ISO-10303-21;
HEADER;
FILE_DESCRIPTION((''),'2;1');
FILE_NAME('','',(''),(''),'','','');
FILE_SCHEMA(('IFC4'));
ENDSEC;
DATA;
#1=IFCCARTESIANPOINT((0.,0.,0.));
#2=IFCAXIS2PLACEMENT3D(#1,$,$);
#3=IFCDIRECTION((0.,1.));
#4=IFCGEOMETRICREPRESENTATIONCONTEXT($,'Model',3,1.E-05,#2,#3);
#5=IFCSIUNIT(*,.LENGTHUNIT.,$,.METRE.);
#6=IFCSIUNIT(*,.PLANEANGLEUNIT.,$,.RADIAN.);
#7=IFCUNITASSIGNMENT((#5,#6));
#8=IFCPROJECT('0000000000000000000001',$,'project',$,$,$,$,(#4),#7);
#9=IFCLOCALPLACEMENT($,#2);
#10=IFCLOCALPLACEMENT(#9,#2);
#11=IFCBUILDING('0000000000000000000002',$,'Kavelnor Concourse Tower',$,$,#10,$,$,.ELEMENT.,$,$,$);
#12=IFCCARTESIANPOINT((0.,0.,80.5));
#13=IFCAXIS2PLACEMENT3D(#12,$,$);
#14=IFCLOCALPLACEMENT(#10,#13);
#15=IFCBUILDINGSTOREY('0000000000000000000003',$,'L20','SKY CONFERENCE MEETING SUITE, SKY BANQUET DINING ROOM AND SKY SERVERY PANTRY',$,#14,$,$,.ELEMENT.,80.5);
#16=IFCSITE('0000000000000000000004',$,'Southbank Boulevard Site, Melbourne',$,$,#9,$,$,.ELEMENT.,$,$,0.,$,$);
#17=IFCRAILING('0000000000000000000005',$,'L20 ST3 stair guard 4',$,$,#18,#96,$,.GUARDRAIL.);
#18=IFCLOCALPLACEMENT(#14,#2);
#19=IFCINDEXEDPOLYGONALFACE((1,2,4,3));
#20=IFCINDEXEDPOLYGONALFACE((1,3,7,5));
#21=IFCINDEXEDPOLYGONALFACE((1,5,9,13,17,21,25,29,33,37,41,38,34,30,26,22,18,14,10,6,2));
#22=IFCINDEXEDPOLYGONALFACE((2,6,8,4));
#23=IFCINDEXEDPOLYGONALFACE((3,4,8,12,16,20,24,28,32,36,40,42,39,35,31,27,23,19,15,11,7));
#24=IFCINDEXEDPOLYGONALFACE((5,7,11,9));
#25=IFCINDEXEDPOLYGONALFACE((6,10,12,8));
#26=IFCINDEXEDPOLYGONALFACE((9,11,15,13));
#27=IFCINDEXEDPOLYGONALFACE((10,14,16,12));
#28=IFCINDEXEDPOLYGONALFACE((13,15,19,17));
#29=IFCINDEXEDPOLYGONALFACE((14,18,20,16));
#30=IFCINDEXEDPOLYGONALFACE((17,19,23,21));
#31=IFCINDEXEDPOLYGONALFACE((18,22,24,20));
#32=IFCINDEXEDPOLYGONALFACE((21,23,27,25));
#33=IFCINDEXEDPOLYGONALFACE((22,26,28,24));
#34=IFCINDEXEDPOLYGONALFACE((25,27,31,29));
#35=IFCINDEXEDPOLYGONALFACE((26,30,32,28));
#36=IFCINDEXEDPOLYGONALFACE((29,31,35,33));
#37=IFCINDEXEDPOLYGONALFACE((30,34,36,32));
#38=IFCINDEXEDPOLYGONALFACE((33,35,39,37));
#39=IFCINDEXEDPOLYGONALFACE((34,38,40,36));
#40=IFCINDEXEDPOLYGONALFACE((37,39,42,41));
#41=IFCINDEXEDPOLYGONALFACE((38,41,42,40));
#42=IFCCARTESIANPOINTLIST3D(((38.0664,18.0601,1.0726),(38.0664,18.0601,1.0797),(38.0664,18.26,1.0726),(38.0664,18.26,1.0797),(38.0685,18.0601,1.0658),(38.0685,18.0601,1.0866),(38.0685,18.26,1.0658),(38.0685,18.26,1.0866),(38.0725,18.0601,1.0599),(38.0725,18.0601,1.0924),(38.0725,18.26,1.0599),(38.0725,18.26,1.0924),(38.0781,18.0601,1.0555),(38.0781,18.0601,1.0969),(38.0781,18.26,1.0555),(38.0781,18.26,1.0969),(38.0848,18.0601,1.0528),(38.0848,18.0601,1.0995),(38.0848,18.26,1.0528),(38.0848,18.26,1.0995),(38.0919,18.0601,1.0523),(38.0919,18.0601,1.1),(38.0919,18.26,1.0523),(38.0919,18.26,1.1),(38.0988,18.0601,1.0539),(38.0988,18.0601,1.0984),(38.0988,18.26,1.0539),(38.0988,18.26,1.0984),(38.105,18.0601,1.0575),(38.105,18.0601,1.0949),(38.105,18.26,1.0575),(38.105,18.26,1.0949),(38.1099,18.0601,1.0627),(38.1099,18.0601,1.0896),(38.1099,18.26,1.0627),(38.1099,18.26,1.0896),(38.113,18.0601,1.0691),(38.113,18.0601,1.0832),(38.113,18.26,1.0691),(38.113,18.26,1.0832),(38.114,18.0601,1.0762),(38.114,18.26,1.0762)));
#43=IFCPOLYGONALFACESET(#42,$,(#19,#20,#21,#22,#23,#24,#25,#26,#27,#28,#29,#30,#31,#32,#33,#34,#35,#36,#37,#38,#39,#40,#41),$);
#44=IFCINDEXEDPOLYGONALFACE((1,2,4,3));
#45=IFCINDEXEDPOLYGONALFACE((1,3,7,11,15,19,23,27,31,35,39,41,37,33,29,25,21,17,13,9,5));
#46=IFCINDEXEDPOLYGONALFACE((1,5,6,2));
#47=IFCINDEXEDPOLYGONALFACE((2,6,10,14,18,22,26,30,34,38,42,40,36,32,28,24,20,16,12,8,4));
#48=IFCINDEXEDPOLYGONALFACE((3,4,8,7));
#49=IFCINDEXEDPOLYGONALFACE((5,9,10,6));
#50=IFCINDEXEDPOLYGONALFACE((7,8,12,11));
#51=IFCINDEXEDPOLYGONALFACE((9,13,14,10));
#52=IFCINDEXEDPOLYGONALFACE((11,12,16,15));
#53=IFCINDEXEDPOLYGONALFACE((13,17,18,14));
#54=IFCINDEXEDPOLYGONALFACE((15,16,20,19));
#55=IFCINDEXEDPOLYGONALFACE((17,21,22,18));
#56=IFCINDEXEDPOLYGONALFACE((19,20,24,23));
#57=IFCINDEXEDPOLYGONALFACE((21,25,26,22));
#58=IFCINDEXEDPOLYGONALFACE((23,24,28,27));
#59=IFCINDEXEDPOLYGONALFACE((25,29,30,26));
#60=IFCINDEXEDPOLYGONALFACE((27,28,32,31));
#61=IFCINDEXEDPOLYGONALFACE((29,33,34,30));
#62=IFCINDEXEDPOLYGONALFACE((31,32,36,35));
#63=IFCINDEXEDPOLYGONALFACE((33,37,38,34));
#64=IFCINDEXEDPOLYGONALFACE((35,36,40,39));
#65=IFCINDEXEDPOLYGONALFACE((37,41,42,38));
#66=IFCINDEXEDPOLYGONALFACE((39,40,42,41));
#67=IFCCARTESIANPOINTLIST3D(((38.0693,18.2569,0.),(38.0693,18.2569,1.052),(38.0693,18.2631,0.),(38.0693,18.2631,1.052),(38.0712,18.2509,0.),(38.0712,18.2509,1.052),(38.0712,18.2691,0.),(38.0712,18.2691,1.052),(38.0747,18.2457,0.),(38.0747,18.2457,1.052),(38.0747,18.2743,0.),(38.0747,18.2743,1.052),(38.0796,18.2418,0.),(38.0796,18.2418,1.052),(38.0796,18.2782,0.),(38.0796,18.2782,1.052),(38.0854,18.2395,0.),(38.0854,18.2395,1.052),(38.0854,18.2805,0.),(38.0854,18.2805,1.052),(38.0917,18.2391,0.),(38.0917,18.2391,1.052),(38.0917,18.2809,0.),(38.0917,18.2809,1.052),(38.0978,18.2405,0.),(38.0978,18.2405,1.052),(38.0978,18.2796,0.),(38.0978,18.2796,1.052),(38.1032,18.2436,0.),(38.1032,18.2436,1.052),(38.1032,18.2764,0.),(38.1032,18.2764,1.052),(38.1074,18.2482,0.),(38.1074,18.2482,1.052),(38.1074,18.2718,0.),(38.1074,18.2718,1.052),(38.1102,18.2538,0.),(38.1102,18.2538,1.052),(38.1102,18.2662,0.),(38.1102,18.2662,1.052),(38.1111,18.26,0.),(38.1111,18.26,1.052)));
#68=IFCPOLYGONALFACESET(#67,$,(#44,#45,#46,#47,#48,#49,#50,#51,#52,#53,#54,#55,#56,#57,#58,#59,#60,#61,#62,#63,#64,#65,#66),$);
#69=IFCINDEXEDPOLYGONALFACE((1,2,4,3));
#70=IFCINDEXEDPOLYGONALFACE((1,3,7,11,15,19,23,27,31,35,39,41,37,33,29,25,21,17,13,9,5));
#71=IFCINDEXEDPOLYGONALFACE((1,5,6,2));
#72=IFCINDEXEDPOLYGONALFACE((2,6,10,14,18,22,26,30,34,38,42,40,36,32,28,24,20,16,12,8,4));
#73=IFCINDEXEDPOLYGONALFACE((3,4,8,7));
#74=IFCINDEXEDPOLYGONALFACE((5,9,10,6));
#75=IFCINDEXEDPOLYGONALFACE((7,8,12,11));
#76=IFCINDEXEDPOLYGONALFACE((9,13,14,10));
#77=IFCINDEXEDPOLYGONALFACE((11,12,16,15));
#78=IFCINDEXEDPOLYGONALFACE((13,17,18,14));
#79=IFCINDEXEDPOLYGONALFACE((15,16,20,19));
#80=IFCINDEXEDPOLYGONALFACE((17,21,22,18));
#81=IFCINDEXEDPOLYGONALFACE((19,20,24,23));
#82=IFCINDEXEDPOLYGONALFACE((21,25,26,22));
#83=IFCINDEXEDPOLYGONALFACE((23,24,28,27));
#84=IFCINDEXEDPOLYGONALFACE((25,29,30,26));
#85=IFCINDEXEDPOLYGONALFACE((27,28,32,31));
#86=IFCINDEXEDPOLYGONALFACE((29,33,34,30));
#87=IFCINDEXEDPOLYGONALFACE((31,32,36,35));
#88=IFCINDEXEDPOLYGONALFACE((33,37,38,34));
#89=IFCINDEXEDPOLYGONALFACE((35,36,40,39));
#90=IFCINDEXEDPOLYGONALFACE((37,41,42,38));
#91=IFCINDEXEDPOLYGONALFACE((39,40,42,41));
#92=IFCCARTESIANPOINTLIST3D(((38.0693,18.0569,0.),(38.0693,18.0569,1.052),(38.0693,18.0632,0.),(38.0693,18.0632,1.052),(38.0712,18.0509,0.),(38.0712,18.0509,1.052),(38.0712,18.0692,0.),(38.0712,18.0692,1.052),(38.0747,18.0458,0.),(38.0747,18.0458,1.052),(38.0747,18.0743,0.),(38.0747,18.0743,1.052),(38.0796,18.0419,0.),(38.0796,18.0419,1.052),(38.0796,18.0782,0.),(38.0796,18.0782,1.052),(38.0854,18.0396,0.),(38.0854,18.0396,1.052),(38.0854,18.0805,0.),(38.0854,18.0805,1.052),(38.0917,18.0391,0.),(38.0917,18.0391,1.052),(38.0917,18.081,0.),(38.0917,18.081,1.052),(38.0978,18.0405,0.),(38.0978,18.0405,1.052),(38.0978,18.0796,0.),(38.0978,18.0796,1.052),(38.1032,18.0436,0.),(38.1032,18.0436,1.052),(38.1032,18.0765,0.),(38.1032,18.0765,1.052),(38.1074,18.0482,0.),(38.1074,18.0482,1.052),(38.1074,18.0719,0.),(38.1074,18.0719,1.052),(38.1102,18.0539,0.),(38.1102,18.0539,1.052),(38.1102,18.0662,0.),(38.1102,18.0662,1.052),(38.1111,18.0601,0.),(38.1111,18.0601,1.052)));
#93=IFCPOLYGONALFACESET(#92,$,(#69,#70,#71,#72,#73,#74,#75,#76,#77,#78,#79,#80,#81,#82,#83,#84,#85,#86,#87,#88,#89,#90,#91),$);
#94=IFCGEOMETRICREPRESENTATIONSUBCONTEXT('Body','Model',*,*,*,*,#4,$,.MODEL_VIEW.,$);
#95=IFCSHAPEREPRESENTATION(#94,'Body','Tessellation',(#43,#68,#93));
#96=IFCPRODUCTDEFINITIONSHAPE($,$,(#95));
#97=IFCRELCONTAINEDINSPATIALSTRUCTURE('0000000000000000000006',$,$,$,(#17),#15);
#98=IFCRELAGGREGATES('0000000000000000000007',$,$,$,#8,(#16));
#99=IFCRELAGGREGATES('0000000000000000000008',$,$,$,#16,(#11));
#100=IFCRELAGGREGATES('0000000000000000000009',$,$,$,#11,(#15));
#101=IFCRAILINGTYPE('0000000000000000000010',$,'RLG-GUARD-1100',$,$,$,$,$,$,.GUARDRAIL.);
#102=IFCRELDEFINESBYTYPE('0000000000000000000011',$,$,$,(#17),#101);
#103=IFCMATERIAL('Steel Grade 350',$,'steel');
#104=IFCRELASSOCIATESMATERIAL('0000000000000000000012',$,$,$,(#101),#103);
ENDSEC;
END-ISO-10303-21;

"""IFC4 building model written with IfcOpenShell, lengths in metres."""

from ifc_helpers import new_model, si_unit, direction, frame, origin, origin_2d, place, context, subcontext, project, spatial, circle, extrude, material, type_object, element, save


model = new_model("IFC4")

# Units and contexts
model_context = context("Model", 3, precision=1e-05, world=origin(), true_north=direction((0.0, 1.0)))
body_context = subcontext(model_context, "Body", "Model", "MODEL_VIEW")
ifc_project = project(units=[si_unit("LENGTHUNIT", "METRE"), si_unit("PLANEANGLEUNIT", "RADIAN")], contexts=[model_context])

# Site, building, storey
site_placement = place(None, origin())
site = spatial("IfcSite", under=ifc_project, at=site_placement, Name="Southbank Boulevard Site, Melbourne", CompositionType="ELEMENT", RefElevation=0.0)
building_placement = place(site_placement, origin())
building = spatial("IfcBuilding", under=site, at=building_placement, Name="Kavelnor Concourse Tower", CompositionType="ELEMENT")
storey_placement = place(building_placement, frame((0.0, 0.0, 80.5)))
storey = spatial("IfcBuildingStorey", under=building, at=storey_placement, Name="L20", Description="SKY CONFERENCE MEETING SUITE, SKY BANQUET DINING ROOM AND SKY SERVERY PANTRY", CompositionType="ELEMENT", Elevation=80.5)

# Shared definitions
ifc_material_1 = material(Name="Steel Grade 350", Category="steel")

# Railing
railing_type_1 = type_object("IfcRailingType", Name="RLG-GUARD-1100", PredefinedType="GUARDRAIL", material=ifc_material_1)
railing_1_placement = place(storey_placement, frame((38.0901, 18.26, 0.0)))
element("IfcRailing", 1, at=railing_1_placement, inside=storey, type_object=railing_type_1, Name="L20 ST3 stair guard 4", PredefinedType="GUARDRAIL", context=body_context, shape_type="SweptSolid", body=[
    extrude(circle(Radius=0.0239, at=origin_2d()), frame((0.0, 0.0, 1.0762), z_axis=(0.0, -1.0, 0.0), x_axis=(1.0, 0.0, 0.0)), (0.0, 0.0, 1.0), 0.2),
    extrude(circle(Radius=0.021, at=origin_2d()), origin(), (0.0, 0.0, 1.0), 1.052),
    extrude(circle(Radius=0.021, at=origin_2d()), frame((0.0, -0.2, 0.0)), (0.0, 0.0, 1.0), 1.052),
])

save(model, "model.ifc")
